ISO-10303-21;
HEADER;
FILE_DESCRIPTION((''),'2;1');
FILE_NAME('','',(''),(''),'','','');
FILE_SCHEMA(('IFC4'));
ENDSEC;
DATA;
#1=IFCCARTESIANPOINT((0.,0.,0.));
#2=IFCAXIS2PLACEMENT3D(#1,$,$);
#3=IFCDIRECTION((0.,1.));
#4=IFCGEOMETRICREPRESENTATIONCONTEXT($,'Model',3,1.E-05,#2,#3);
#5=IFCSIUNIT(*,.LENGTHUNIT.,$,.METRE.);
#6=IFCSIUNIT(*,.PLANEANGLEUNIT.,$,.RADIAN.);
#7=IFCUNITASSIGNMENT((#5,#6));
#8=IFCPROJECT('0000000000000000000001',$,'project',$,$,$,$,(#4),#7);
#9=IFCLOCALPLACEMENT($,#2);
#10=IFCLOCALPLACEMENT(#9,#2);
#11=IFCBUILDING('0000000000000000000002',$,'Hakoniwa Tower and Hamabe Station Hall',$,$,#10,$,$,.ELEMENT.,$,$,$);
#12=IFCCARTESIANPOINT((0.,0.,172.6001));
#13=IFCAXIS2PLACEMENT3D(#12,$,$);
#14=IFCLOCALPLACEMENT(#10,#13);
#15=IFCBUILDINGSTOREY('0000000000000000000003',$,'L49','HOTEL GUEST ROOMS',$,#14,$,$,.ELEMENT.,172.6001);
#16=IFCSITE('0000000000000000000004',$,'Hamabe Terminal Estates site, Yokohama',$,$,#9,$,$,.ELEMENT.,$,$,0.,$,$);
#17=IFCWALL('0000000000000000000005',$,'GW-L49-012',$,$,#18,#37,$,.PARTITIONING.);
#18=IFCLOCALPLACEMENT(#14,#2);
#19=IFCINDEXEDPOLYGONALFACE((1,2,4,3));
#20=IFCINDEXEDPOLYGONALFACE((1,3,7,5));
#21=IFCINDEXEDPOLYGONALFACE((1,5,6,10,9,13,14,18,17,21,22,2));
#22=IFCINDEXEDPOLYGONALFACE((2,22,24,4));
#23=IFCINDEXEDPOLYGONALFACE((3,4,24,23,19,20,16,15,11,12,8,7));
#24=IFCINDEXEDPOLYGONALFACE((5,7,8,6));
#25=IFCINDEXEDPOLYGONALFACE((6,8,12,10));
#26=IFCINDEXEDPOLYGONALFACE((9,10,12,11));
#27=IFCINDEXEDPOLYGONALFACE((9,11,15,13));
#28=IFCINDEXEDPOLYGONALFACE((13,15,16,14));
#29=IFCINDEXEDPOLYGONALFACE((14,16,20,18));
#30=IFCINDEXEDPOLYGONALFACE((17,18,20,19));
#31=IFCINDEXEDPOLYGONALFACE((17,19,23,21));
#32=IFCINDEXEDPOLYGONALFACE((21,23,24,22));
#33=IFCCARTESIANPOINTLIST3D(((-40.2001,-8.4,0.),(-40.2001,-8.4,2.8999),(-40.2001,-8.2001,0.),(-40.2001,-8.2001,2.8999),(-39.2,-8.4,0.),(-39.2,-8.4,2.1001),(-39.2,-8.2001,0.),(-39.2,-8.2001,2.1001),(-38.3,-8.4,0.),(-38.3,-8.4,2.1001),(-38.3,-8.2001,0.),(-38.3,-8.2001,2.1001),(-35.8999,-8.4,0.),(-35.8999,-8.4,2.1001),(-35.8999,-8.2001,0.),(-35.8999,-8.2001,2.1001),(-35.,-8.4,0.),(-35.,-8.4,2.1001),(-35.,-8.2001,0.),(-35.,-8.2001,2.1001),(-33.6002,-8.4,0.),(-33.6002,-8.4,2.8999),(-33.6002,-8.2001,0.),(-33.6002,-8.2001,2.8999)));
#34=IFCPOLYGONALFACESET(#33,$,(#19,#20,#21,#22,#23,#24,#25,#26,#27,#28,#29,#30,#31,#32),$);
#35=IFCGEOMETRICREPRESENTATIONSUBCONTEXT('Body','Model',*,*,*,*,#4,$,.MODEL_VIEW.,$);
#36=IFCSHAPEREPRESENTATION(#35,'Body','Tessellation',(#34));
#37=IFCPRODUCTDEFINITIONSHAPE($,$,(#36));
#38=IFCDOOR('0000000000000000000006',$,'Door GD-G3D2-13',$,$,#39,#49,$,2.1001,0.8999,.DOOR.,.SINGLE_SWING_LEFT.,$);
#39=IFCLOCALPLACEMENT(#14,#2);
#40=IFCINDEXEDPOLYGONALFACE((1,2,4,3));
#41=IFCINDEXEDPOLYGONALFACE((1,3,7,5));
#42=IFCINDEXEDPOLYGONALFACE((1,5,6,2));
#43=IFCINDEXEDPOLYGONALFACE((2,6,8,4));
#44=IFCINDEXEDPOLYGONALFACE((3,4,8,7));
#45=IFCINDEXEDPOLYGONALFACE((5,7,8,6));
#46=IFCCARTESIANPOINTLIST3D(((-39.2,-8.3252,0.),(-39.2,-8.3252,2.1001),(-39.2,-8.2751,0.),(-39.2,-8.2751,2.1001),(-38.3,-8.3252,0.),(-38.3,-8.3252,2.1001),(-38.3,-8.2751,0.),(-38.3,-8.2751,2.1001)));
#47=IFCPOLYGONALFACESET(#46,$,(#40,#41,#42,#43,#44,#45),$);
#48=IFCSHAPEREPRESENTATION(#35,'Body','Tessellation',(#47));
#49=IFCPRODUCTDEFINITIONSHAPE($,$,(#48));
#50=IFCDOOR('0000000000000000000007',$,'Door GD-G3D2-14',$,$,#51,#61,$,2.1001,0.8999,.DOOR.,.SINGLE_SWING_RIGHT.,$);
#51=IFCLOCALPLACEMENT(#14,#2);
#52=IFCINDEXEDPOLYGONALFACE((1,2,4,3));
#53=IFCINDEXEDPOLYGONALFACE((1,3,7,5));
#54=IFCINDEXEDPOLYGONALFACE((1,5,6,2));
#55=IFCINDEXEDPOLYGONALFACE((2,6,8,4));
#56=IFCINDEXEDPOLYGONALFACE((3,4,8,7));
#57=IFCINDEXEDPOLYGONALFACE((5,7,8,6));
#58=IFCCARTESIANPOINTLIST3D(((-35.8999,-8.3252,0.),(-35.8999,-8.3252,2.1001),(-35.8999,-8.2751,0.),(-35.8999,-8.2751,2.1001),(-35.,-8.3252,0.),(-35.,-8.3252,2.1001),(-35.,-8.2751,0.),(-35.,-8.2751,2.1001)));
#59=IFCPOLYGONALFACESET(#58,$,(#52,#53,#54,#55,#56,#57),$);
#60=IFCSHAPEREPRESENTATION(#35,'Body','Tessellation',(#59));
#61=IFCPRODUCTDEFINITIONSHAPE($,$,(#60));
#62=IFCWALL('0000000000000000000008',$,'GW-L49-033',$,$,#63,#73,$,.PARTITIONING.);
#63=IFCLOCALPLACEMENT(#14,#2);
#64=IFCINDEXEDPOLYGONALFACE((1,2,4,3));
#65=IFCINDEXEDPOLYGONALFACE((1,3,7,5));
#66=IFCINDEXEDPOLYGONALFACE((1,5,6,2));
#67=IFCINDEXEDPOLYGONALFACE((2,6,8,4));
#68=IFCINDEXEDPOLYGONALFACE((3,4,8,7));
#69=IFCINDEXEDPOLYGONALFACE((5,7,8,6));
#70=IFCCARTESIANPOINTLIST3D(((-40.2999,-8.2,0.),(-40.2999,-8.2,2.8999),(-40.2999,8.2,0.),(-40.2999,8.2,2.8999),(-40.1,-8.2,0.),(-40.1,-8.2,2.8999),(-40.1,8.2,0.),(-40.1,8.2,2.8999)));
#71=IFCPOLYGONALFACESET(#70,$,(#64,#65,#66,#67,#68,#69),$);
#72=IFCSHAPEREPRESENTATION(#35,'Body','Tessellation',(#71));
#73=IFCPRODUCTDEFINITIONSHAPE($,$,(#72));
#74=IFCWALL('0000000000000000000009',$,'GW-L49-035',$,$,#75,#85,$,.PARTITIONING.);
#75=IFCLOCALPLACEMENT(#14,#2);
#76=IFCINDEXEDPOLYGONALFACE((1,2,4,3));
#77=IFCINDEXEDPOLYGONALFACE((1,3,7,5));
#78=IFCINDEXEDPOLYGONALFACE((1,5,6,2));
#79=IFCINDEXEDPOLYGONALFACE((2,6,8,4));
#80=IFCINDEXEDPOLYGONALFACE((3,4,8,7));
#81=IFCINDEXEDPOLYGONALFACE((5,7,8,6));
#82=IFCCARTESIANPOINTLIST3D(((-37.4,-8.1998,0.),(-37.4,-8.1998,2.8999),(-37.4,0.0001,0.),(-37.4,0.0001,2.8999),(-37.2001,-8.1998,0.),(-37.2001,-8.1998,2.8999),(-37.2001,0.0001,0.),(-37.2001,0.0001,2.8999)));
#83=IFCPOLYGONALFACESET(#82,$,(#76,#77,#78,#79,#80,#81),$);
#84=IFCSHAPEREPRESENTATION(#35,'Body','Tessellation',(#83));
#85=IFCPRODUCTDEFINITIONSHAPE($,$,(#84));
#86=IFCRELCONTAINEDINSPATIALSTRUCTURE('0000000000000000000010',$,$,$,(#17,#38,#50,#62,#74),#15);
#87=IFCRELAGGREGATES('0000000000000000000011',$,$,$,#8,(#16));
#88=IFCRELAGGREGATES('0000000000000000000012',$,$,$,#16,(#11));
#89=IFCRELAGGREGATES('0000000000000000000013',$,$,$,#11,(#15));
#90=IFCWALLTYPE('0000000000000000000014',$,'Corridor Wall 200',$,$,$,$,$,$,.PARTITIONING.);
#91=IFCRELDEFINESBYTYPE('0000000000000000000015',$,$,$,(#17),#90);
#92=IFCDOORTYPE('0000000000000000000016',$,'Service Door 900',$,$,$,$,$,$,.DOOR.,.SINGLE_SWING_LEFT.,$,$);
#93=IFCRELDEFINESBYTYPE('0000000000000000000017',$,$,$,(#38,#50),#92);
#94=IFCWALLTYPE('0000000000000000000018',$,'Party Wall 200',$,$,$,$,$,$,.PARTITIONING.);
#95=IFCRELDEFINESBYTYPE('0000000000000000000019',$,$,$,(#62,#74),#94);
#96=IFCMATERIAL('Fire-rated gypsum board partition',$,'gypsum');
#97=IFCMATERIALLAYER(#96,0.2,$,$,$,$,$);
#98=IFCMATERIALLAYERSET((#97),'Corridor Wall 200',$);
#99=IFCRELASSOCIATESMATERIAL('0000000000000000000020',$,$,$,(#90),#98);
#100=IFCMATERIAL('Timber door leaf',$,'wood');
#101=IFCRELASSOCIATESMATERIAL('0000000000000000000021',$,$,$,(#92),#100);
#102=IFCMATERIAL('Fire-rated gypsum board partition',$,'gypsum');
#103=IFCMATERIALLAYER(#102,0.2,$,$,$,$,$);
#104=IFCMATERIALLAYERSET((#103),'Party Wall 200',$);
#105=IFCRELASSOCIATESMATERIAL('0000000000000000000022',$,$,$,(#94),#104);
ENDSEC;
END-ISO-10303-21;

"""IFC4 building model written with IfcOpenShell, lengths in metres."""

from ifc_helpers import new_model, si_unit, direction, frame, frame_2d, origin, place, context, subcontext, project, spatial, rectangle, extrude, material, layer, layer_set, type_object, element, fill, save


model = new_model("IFC4")

# Units and contexts
model_context = context("Model", 3, precision=1e-05, world=origin(), true_north=direction((0.0, 1.0)))
body_context = subcontext(model_context, "Body", "Model", "MODEL_VIEW")
ifc_project = project(units=[si_unit("LENGTHUNIT", "METRE"), si_unit("PLANEANGLEUNIT", "RADIAN")], contexts=[model_context])

# Site, building, storey
site_placement = place(None, origin())
site = spatial("IfcSite", under=ifc_project, at=site_placement, Name="Hamabe Terminal Estates site, Yokohama", CompositionType="ELEMENT", RefElevation=0.0)
building_placement = place(site_placement, origin())
building = spatial("IfcBuilding", under=site, at=building_placement, Name="Hakoniwa Tower and Hamabe Station Hall", CompositionType="ELEMENT")
storey_placement = place(building_placement, frame((0.0, 0.0, 172.6001)))
storey = spatial("IfcBuildingStorey", under=building, at=storey_placement, Name="L49", Description="HOTEL GUEST ROOMS", CompositionType="ELEMENT", Elevation=172.6001)

# Wall, openings, doors
ifc_material_1 = material(Name="Fire-rated gypsum board partition", Category="gypsum")
ifc_layer_1 = layer(ifc_material_1, 0.2)
ifc_layer_set_1 = layer_set([ifc_layer_1], Name="Corridor Wall 200")
wall_type_1 = type_object("IfcWallType", Name="Corridor Wall 200", PredefinedType="PARTITIONING", material=ifc_layer_set_1)
wall_1_placement = place(storey_placement, frame((-40.2, -8.3, 0.0), z_axis=(0.0, 0.0, 1.0), x_axis=(1.0, 0.0, 0.0)))
wall_1 = element("IfcWall", 1, at=wall_1_placement, inside=storey, type_object=wall_type_1, Name="GW-L49-012", PredefinedType="PARTITIONING", context=body_context, shape_type="SweptSolid", body=[
    extrude(rectangle(XDim=6.5999, YDim=0.2, at=frame_2d((3.2998, 0.0))), origin(), (0.0, 0.0, 1.0), 2.8999),
])
opening_1_placement = place(wall_1_placement, frame((1.0, 0.0, 0.0)))
opening_1 = element("IfcOpeningElement", 2, at=opening_1_placement, cuts=wall_1, PredefinedType="OPENING", context=body_context, shape_type="SweptSolid", body=[
    extrude(rectangle(XDim=0.8999, YDim=2.1001, at=frame_2d((0.45, 1.05))), frame((0.0, 0.1099, 0.0), z_axis=(0.0, -1.0, 0.0), x_axis=(1.0, 0.0, 0.0)), (0.0, 0.0, 1.0), 0.22),
])
opening_2_placement = place(wall_1_placement, frame((4.3, 0.0, 0.0)))
opening_2 = element("IfcOpeningElement", 3, at=opening_2_placement, cuts=wall_1, PredefinedType="OPENING", context=body_context, shape_type="SweptSolid", body=[
    extrude(rectangle(XDim=0.8999, YDim=2.1001, at=frame_2d((0.45, 1.05))), frame((0.0, 0.1099, 0.0), z_axis=(0.0, -1.0, 0.0), x_axis=(1.0, 0.0, 0.0)), (0.0, 0.0, 1.0), 0.22),
])
ifc_material_2 = material(Name="Timber door leaf", Category="wood")
door_type_1 = type_object("IfcDoorType", Name="Service Door 900", OperationType="SINGLE_SWING_LEFT", PredefinedType="DOOR", material=ifc_material_2)
door_1_placement = place(opening_1_placement, origin())
door_1 = element("IfcDoor", 4, at=door_1_placement, inside=storey, type_object=door_type_1, Name="Door GD-G3D2-13", OperationType="SINGLE_SWING_LEFT", OverallHeight=2.1001, OverallWidth=0.8999, PredefinedType="DOOR", context=body_context, shape_type="SweptSolid", body=[
    extrude(rectangle(XDim=0.8999, YDim=2.1001, at=frame_2d((0.45, 1.05))), frame((0.0, 0.0249, 0.0), z_axis=(0.0, -1.0, 0.0), x_axis=(1.0, 0.0, 0.0)), (0.0, 0.0, 1.0), 0.05),
])
fill(opening_1, door_1)
door_2_placement = place(opening_2_placement, origin())
door_2 = element("IfcDoor", 5, at=door_2_placement, inside=storey, type_object=door_type_1, Name="Door GD-G3D2-14", OperationType="SINGLE_SWING_RIGHT", OverallHeight=2.1001, OverallWidth=0.8999, PredefinedType="DOOR", context=body_context, shape_type="SweptSolid", body=[
    extrude(rectangle(XDim=0.8999, YDim=2.1001, at=frame_2d((0.45, 1.05))), frame((0.0, 0.0249, 0.0), z_axis=(0.0, -1.0, 0.0), x_axis=(1.0, 0.0, 0.0)), (0.0, 0.0, 1.0), 0.05),
])
fill(opening_2, door_2)

# Walls
ifc_material_3 = material(Name="Fire-rated gypsum board partition", Category="gypsum")
ifc_layer_2 = layer(ifc_material_3, 0.2)
ifc_layer_set_2 = layer_set([ifc_layer_2], Name="Party Wall 200")
wall_type_2 = type_object("IfcWallType", Name="Party Wall 200", PredefinedType="PARTITIONING", material=ifc_layer_set_2)
wall_2_placement = place(storey_placement, frame((-40.2, -8.2, 0.0), z_axis=(0.0, 0.0, 1.0), x_axis=(0.0, 1.0, 0.0)))
element("IfcWall", 6, at=wall_2_placement, inside=storey, type_object=wall_type_2, Name="GW-L49-033", PredefinedType="PARTITIONING", context=body_context, shape_type="SweptSolid", body=[
    extrude(rectangle(XDim=16.3999, YDim=0.2, at=frame_2d((8.2, 0.0))), origin(), (0.0, 0.0, 1.0), 2.8999),
])
wall_3_placement = place(storey_placement, frame((-37.3, -8.2, 0.0), z_axis=(0.0, 0.0, 1.0), x_axis=(0.0, 1.0, 0.0)))
element("IfcWall", 7, at=wall_3_placement, inside=storey, type_object=wall_type_2, Name="GW-L49-035", PredefinedType="PARTITIONING", context=body_context, shape_type="SweptSolid", body=[
    extrude(rectangle(XDim=8.2, YDim=0.2, at=frame_2d((4.1001, 0.0))), origin(), (0.0, 0.0, 1.0), 2.8999),
])

save(model, "model.ifc")
